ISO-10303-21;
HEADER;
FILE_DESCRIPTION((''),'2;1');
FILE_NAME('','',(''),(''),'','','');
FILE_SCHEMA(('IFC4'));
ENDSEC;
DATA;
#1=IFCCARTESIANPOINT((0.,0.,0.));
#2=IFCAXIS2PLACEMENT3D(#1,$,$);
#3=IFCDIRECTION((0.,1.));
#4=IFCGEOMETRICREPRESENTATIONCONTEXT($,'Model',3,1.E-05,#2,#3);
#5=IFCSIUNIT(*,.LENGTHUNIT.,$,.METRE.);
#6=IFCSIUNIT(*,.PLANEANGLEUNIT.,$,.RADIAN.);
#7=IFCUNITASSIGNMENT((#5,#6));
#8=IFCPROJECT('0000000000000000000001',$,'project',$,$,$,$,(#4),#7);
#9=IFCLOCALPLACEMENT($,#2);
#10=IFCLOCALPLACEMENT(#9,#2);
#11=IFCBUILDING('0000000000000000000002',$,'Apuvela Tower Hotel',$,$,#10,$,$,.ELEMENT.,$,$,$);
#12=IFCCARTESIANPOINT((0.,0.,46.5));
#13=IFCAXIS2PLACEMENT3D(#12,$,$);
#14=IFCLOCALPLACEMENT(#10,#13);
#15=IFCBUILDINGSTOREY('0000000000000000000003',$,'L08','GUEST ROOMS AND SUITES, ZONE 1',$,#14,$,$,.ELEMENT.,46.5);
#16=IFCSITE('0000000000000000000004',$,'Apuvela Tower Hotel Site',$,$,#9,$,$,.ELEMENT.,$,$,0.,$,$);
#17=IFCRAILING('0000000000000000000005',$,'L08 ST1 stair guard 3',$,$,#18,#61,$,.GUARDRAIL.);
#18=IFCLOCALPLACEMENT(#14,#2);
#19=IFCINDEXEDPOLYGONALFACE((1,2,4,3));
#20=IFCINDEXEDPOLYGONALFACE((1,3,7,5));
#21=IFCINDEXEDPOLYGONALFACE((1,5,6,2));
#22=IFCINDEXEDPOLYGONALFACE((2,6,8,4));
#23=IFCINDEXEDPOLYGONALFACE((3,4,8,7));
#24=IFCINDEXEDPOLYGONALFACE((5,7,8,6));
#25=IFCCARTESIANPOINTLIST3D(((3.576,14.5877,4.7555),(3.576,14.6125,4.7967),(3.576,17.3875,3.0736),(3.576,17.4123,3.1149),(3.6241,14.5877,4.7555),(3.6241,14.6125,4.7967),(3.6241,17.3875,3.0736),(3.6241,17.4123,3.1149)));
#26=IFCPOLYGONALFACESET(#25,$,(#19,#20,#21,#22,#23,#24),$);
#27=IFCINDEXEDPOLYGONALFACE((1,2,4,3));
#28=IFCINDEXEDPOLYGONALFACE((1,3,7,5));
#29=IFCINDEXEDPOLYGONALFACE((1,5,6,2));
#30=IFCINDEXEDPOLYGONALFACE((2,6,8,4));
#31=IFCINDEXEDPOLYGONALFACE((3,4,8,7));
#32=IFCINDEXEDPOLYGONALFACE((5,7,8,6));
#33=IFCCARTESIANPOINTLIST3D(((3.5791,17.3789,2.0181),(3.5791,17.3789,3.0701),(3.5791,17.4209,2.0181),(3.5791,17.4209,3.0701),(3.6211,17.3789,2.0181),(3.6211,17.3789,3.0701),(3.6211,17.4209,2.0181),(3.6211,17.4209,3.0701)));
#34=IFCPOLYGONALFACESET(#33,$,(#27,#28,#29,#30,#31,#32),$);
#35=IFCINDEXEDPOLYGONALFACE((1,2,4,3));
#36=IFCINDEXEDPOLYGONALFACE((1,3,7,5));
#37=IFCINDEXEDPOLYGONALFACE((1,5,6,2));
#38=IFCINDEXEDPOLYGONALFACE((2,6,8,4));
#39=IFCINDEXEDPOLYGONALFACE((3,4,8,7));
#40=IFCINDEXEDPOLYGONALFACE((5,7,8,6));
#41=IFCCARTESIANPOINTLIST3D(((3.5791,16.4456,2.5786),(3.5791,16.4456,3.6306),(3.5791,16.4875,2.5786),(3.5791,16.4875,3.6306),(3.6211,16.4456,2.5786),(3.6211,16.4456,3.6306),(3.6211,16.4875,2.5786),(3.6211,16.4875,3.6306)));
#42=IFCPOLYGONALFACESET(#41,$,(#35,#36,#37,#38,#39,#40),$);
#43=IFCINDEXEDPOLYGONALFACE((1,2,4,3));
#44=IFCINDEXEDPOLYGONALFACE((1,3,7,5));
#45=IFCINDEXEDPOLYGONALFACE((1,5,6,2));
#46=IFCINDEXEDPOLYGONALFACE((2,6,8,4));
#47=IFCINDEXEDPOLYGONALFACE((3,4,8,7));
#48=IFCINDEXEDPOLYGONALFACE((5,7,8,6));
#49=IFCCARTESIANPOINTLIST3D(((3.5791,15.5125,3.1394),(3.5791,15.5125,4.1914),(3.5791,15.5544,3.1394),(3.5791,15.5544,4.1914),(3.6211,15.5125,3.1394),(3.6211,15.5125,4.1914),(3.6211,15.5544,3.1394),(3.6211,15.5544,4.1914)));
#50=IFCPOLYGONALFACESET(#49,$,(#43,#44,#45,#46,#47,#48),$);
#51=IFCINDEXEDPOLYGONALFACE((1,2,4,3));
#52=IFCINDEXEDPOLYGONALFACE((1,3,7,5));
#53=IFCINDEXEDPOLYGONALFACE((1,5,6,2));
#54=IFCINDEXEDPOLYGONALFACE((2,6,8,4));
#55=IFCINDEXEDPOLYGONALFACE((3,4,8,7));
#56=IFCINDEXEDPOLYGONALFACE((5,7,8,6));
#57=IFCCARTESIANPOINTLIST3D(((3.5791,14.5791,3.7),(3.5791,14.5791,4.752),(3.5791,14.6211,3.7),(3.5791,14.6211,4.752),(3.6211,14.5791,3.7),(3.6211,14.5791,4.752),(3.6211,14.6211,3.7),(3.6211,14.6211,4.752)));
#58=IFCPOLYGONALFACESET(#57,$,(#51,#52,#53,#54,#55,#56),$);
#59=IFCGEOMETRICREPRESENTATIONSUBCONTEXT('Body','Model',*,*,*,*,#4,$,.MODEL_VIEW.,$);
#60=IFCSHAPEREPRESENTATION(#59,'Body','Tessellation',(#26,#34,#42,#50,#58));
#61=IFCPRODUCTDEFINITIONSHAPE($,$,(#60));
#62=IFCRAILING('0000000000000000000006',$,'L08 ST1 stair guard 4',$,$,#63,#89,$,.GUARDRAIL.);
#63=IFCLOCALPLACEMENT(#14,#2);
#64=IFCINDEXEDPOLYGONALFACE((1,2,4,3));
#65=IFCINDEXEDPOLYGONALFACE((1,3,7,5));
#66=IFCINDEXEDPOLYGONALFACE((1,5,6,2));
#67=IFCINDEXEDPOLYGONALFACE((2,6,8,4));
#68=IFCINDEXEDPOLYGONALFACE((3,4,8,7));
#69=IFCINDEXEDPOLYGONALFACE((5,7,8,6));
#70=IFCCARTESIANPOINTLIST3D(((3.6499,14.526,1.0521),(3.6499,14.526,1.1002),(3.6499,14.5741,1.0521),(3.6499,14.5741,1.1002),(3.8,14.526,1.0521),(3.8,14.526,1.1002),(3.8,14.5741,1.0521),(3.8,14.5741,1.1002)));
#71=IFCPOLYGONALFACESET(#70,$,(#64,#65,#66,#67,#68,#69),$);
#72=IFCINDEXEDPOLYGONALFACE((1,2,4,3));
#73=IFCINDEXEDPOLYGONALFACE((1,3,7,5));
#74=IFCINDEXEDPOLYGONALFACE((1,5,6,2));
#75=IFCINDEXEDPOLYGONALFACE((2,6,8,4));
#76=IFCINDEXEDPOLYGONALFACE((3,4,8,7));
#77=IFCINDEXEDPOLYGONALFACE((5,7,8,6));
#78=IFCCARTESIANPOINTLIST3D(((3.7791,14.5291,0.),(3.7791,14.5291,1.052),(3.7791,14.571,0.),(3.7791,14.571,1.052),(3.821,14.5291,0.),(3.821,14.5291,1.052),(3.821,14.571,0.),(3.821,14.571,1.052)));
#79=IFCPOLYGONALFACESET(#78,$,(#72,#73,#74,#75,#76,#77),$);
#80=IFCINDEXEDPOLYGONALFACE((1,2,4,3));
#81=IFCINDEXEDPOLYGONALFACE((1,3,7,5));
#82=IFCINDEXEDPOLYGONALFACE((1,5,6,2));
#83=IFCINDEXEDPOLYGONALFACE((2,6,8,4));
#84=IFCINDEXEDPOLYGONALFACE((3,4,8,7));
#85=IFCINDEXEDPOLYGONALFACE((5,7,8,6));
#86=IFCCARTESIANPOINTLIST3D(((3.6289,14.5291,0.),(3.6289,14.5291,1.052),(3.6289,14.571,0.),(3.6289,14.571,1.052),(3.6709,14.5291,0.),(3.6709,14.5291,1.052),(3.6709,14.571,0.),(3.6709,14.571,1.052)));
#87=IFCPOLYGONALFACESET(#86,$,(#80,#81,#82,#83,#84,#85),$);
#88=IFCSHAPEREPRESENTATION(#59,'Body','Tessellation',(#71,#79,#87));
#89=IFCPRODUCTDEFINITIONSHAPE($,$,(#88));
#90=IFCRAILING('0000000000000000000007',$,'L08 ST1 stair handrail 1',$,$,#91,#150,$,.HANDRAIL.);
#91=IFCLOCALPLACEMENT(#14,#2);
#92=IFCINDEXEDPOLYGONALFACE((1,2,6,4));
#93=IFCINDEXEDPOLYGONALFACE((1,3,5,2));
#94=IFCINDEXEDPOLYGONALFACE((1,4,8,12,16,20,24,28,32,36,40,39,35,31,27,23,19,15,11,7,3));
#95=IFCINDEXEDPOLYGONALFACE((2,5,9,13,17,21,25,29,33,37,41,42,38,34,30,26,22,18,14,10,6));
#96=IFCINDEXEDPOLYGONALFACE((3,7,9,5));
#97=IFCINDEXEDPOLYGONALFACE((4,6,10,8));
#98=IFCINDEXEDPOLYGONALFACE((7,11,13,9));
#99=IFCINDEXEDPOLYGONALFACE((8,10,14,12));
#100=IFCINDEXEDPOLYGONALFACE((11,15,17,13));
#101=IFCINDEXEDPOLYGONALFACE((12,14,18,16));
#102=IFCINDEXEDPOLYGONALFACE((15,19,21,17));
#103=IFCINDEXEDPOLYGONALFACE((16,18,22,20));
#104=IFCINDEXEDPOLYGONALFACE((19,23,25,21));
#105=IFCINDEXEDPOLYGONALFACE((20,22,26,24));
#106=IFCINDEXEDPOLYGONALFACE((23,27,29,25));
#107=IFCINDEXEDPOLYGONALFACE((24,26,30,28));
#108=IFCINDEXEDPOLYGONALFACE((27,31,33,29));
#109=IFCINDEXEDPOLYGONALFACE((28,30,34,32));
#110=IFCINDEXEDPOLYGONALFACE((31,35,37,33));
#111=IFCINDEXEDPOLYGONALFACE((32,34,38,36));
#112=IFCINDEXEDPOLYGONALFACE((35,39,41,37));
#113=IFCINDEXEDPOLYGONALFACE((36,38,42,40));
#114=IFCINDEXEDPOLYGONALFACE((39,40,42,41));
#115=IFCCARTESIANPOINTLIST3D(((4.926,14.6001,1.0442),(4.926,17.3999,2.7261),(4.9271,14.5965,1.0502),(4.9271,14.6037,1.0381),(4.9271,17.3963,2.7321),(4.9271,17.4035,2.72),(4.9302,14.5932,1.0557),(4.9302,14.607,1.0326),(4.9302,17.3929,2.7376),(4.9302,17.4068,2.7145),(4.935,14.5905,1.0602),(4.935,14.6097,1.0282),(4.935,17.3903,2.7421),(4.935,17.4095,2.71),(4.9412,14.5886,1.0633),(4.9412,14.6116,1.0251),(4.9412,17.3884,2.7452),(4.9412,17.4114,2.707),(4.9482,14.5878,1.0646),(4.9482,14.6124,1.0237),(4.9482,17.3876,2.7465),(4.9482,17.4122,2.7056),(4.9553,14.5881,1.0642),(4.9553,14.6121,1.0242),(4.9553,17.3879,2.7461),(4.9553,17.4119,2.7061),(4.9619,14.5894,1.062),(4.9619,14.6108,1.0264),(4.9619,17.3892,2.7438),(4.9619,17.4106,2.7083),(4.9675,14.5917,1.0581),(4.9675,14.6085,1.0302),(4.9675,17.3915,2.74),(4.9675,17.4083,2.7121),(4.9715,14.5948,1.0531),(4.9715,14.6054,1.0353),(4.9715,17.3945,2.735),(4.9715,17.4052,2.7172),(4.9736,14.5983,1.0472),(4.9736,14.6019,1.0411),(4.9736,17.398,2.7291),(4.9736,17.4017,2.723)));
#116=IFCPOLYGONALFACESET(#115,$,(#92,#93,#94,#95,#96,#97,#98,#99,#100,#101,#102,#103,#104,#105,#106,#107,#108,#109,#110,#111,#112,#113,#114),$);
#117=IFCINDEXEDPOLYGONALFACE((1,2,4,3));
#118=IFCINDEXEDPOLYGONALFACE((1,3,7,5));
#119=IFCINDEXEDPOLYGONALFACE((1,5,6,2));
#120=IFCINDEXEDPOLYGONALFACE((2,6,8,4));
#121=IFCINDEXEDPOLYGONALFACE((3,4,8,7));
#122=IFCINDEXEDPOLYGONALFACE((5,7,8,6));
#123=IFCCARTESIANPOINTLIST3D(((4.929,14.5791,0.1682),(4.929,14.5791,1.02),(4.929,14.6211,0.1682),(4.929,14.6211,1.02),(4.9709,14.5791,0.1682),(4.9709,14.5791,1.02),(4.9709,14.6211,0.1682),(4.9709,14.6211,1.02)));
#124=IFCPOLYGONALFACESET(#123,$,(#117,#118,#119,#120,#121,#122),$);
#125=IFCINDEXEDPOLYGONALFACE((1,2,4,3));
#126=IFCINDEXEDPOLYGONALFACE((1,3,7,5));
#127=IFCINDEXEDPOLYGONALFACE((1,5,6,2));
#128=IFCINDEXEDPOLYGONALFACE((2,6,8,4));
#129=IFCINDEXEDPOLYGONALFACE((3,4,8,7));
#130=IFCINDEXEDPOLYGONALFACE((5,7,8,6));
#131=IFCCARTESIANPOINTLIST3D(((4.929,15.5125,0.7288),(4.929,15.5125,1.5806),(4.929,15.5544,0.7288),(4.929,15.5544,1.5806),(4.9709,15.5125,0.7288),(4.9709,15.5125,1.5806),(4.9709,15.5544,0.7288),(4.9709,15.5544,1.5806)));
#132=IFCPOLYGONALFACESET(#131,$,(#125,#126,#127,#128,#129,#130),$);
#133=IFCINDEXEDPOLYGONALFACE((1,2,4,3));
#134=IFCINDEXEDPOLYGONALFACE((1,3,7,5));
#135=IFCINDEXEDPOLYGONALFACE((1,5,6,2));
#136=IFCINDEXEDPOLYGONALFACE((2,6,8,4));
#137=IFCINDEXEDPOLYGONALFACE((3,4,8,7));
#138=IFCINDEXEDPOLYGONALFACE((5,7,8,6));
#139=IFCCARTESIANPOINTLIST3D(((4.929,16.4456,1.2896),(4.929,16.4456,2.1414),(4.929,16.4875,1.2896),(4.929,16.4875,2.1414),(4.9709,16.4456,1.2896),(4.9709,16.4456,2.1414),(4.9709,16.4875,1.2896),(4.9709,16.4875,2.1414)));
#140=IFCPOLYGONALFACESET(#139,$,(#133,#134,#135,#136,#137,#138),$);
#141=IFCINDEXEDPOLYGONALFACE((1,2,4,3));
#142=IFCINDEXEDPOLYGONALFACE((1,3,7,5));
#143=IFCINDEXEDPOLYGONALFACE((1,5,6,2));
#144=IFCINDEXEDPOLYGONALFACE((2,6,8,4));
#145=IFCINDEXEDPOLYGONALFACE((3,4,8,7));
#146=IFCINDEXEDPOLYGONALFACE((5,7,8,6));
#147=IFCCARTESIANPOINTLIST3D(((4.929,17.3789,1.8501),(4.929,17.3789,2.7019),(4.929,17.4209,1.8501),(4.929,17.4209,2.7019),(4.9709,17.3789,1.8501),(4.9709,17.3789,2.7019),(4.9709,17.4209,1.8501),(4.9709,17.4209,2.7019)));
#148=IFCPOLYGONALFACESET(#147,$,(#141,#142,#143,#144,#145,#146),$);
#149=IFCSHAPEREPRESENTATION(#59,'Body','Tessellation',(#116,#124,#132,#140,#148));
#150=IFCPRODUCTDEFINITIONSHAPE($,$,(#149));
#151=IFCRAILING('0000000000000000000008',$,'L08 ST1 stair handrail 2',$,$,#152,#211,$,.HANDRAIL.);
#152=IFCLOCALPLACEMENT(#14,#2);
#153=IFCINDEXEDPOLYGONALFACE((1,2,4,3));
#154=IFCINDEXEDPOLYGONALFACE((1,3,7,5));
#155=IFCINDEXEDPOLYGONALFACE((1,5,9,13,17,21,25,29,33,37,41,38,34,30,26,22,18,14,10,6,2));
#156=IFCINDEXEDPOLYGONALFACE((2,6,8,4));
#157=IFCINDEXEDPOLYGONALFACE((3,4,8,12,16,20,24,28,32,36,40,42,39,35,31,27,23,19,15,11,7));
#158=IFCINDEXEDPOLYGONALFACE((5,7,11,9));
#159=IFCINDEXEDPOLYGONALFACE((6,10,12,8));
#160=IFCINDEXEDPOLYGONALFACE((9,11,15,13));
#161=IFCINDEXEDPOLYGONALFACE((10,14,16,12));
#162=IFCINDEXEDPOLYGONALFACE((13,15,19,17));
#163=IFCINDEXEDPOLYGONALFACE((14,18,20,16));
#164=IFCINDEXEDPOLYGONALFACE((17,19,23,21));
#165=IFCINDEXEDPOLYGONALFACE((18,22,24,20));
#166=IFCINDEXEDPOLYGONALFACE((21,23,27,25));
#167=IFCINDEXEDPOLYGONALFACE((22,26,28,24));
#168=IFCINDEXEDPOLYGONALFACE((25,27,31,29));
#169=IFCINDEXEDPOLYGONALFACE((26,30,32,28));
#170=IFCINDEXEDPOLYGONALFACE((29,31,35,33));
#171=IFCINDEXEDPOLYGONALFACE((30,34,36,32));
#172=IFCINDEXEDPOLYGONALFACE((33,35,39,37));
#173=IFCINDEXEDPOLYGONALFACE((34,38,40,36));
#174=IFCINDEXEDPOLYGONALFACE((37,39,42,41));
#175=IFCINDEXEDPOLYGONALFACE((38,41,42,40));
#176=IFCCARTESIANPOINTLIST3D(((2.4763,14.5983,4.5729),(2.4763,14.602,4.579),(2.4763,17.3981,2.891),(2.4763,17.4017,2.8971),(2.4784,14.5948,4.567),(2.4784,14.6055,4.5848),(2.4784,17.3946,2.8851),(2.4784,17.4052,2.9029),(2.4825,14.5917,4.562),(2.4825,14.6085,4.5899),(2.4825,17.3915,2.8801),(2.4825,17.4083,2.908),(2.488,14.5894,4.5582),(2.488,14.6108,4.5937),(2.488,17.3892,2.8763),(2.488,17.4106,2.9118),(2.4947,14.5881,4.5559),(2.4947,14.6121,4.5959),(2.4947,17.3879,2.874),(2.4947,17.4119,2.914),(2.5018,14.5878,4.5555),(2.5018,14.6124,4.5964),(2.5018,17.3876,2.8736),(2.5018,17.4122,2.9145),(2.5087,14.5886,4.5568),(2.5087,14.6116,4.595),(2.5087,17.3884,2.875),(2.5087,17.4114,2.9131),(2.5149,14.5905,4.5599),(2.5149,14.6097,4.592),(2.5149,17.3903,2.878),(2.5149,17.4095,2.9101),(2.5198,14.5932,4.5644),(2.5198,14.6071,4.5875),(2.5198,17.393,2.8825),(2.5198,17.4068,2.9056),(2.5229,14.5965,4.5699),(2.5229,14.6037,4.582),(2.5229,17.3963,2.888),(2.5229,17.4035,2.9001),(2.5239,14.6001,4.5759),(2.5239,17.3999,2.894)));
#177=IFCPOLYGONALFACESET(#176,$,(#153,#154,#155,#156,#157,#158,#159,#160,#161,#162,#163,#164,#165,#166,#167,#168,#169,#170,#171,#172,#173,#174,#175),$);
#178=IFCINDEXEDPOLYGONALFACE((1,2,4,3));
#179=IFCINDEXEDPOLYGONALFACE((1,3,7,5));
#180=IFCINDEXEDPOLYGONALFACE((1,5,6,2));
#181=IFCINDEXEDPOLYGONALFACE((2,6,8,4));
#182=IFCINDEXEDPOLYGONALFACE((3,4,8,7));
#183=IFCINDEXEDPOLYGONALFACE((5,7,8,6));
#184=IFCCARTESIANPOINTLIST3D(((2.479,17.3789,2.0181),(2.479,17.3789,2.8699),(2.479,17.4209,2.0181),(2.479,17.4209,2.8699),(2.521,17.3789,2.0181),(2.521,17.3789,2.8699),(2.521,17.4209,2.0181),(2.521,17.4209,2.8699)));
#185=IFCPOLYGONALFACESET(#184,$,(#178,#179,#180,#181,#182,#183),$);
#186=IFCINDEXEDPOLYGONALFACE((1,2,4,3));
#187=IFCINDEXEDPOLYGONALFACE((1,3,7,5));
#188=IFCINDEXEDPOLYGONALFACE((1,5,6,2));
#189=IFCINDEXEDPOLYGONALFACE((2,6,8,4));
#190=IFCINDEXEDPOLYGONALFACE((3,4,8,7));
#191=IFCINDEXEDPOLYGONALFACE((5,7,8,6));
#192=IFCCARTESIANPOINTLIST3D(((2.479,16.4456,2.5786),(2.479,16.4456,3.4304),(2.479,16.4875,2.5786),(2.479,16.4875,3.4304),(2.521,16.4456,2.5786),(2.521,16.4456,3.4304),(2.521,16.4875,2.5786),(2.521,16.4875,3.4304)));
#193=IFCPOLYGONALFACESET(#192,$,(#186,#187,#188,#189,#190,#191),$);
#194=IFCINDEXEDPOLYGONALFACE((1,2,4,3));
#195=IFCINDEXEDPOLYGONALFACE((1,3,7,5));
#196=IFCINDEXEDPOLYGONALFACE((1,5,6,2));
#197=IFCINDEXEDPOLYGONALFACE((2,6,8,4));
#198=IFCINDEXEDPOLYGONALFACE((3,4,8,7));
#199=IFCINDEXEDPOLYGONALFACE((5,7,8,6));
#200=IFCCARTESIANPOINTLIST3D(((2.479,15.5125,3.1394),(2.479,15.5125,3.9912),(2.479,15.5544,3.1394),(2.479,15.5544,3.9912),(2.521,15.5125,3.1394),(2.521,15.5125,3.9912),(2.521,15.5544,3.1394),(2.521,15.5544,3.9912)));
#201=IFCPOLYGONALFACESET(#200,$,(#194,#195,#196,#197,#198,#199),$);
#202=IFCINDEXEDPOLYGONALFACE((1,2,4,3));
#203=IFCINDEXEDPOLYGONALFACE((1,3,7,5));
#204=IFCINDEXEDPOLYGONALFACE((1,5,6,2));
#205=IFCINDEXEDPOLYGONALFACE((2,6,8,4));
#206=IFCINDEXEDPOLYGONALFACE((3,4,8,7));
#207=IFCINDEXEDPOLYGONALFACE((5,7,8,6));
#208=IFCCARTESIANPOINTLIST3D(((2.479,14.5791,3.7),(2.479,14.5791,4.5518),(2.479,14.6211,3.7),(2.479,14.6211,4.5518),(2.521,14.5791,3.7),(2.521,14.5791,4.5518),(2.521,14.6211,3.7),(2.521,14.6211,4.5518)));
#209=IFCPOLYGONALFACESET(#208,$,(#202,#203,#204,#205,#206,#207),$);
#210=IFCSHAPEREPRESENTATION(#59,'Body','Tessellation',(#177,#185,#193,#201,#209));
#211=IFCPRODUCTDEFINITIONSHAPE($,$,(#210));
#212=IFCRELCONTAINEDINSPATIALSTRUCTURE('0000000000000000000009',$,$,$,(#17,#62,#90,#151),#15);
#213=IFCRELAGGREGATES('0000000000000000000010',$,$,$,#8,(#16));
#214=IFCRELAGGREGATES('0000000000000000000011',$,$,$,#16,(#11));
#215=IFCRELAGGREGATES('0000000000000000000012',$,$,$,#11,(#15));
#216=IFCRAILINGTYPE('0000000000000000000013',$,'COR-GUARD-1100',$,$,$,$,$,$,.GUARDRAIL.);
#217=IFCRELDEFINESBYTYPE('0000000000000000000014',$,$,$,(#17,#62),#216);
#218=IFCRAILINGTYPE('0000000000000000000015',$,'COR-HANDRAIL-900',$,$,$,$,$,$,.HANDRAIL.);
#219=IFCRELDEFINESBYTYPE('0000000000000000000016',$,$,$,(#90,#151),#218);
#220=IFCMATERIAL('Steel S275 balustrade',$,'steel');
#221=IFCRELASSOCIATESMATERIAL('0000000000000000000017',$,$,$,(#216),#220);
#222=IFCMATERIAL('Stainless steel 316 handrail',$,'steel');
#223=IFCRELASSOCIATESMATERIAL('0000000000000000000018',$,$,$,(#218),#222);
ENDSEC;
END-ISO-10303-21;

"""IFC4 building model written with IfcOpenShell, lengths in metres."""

from ifc_helpers import new_model, si_unit, direction, frame, origin, origin_2d, place, context, subcontext, project, spatial, rectangle, circle, extrude, material, type_object, element, save


model = new_model("IFC4")

# Units and contexts
model_context = context("Model", 3, precision=1e-05, world=origin(), true_north=direction((0.0, 1.0)))
body_context = subcontext(model_context, "Body", "Model", "MODEL_VIEW")
ifc_project = project(units=[si_unit("LENGTHUNIT", "METRE"), si_unit("PLANEANGLEUNIT", "RADIAN")], contexts=[model_context])

# Site, building, storey
site_placement = place(None, origin())
site = spatial("IfcSite", under=ifc_project, at=site_placement, Name="Apuvela Tower Hotel Site", CompositionType="ELEMENT", RefElevation=0.0)
building_placement = place(site_placement, origin())
building = spatial("IfcBuilding", under=site, at=building_placement, Name="Apuvela Tower Hotel", CompositionType="ELEMENT")
storey_placement = place(building_placement, frame((0.0, 0.0, 46.5)))
storey = spatial("IfcBuildingStorey", under=building, at=storey_placement, Name="L08", Description="GUEST ROOMS AND SUITES, ZONE 1", CompositionType="ELEMENT", Elevation=46.5)

# Railings
ifc_material_1 = material(Name="Steel S275 balustrade", Category="steel")
railing_type_1 = type_object("IfcRailingType", Name="COR-GUARD-1100", PredefinedType="GUARDRAIL", material=ifc_material_1)
railing_1_placement = place(storey_placement, frame((3.6001, 17.3999, 2.0181)))
element("IfcRailing", 1, at=railing_1_placement, inside=storey, type_object=railing_type_1, Name="L08 ST1 stair guard 3", PredefinedType="GUARDRAIL", context=body_context, shape_type="SweptSolid", body=[
    extrude(rectangle(XDim=0.0481, YDim=0.0481, at=origin_2d()), frame((0.0, 0.0, 1.0762), z_axis=(0.0, -0.857222, 0.514946), x_axis=(1.0, 0.0, 0.0)), (0.0, 0.0, 1.0), 3.2661),
    extrude(rectangle(XDim=0.042, YDim=0.042, at=origin_2d()), origin(), (0.0, 0.0, 1.0), 1.052),
    extrude(rectangle(XDim=0.042, YDim=0.042, at=origin_2d()), frame((0.0, -0.9333, 0.5605)), (0.0, 0.0, 1.0), 1.052),
    extrude(rectangle(XDim=0.042, YDim=0.042, at=origin_2d()), frame((0.0, -1.8665, 1.1213)), (0.0, 0.0, 1.0), 1.052),
    extrude(rectangle(XDim=0.042, YDim=0.042, at=origin_2d()), frame((0.0, -2.7998, 1.6819)), (0.0, 0.0, 1.0), 1.052),
])
railing_2_placement = place(storey_placement, frame((3.8, 14.55, 0.0)))
element("IfcRailing", 2, at=railing_2_placement, inside=storey, type_object=railing_type_1, Name="L08 ST1 stair guard 4", PredefinedType="GUARDRAIL", context=body_context, shape_type="SweptSolid", body=[
    extrude(rectangle(XDim=0.0481, YDim=0.0481, at=origin_2d()), frame((0.0, 0.0, 1.0762), z_axis=(-1.0, 0.0, 0.0), x_axis=(0.0, -1.0, 0.0)), (0.0, 0.0, 1.0), 0.1501),
    extrude(rectangle(XDim=0.042, YDim=0.042, at=origin_2d()), origin(), (0.0, 0.0, 1.0), 1.052),
    extrude(rectangle(XDim=0.042, YDim=0.042, at=origin_2d()), frame((-0.1501, 0.0, 0.0)), (0.0, 0.0, 1.0), 1.052),
])
ifc_material_2 = material(Name="Stainless steel 316 handrail", Category="steel")
railing_type_2 = type_object("IfcRailingType", Name="COR-HANDRAIL-900", PredefinedType="HANDRAIL", material=ifc_material_2)
railing_3_placement = place(storey_placement, frame((4.95, 14.6001, 0.1682)))
element("IfcRailing", 3, at=railing_3_placement, inside=storey, type_object=railing_type_2, Name="L08 ST1 stair handrail 1", PredefinedType="HANDRAIL", context=body_context, shape_type="SweptSolid", body=[
    extrude(circle(Radius=0.0239, at=origin_2d()), frame((0.0, 0.0, 0.876), z_axis=(0.0, 0.857222, 0.514946), x_axis=(-1.0, 0.0, 0.0)), (0.0, 0.0, 1.0), 3.2661),
    extrude(rectangle(XDim=0.042, YDim=0.042, at=origin_2d()), origin(), (0.0, 0.0, 1.0), 0.8518),
    extrude(rectangle(XDim=0.042, YDim=0.042, at=origin_2d()), frame((0.0, 0.9333, 0.5605)), (0.0, 0.0, 1.0), 0.8518),
    extrude(rectangle(XDim=0.042, YDim=0.042, at=origin_2d()), frame((0.0, 1.8665, 1.1213)), (0.0, 0.0, 1.0), 0.8518),
    extrude(rectangle(XDim=0.042, YDim=0.042, at=origin_2d()), frame((0.0, 2.7998, 1.6819)), (0.0, 0.0, 1.0), 0.8518),
])
railing_4_placement = place(storey_placement, frame((2.5, 17.3999, 2.0181)))
element("IfcRailing", 4, at=railing_4_placement, inside=storey, type_object=railing_type_2, Name="L08 ST1 stair handrail 2", PredefinedType="HANDRAIL", context=body_context, shape_type="SweptSolid", body=[
    extrude(circle(Radius=0.0239, at=origin_2d()), frame((0.0, 0.0, 0.876), z_axis=(0.0, -0.857222, 0.514946), x_axis=(1.0, 0.0, 0.0)), (0.0, 0.0, 1.0), 3.2661),
    extrude(rectangle(XDim=0.042, YDim=0.042, at=origin_2d()), origin(), (0.0, 0.0, 1.0), 0.8518),
    extrude(rectangle(XDim=0.042, YDim=0.042, at=origin_2d()), frame((0.0, -0.9333, 0.5605)), (0.0, 0.0, 1.0), 0.8518),
    extrude(rectangle(XDim=0.042, YDim=0.042, at=origin_2d()), frame((0.0, -1.8665, 1.1213)), (0.0, 0.0, 1.0), 0.8518),
    extrude(rectangle(XDim=0.042, YDim=0.042, at=origin_2d()), frame((0.0, -2.7998, 1.6819)), (0.0, 0.0, 1.0), 0.8518),
])

save(model, "model.ifc")
